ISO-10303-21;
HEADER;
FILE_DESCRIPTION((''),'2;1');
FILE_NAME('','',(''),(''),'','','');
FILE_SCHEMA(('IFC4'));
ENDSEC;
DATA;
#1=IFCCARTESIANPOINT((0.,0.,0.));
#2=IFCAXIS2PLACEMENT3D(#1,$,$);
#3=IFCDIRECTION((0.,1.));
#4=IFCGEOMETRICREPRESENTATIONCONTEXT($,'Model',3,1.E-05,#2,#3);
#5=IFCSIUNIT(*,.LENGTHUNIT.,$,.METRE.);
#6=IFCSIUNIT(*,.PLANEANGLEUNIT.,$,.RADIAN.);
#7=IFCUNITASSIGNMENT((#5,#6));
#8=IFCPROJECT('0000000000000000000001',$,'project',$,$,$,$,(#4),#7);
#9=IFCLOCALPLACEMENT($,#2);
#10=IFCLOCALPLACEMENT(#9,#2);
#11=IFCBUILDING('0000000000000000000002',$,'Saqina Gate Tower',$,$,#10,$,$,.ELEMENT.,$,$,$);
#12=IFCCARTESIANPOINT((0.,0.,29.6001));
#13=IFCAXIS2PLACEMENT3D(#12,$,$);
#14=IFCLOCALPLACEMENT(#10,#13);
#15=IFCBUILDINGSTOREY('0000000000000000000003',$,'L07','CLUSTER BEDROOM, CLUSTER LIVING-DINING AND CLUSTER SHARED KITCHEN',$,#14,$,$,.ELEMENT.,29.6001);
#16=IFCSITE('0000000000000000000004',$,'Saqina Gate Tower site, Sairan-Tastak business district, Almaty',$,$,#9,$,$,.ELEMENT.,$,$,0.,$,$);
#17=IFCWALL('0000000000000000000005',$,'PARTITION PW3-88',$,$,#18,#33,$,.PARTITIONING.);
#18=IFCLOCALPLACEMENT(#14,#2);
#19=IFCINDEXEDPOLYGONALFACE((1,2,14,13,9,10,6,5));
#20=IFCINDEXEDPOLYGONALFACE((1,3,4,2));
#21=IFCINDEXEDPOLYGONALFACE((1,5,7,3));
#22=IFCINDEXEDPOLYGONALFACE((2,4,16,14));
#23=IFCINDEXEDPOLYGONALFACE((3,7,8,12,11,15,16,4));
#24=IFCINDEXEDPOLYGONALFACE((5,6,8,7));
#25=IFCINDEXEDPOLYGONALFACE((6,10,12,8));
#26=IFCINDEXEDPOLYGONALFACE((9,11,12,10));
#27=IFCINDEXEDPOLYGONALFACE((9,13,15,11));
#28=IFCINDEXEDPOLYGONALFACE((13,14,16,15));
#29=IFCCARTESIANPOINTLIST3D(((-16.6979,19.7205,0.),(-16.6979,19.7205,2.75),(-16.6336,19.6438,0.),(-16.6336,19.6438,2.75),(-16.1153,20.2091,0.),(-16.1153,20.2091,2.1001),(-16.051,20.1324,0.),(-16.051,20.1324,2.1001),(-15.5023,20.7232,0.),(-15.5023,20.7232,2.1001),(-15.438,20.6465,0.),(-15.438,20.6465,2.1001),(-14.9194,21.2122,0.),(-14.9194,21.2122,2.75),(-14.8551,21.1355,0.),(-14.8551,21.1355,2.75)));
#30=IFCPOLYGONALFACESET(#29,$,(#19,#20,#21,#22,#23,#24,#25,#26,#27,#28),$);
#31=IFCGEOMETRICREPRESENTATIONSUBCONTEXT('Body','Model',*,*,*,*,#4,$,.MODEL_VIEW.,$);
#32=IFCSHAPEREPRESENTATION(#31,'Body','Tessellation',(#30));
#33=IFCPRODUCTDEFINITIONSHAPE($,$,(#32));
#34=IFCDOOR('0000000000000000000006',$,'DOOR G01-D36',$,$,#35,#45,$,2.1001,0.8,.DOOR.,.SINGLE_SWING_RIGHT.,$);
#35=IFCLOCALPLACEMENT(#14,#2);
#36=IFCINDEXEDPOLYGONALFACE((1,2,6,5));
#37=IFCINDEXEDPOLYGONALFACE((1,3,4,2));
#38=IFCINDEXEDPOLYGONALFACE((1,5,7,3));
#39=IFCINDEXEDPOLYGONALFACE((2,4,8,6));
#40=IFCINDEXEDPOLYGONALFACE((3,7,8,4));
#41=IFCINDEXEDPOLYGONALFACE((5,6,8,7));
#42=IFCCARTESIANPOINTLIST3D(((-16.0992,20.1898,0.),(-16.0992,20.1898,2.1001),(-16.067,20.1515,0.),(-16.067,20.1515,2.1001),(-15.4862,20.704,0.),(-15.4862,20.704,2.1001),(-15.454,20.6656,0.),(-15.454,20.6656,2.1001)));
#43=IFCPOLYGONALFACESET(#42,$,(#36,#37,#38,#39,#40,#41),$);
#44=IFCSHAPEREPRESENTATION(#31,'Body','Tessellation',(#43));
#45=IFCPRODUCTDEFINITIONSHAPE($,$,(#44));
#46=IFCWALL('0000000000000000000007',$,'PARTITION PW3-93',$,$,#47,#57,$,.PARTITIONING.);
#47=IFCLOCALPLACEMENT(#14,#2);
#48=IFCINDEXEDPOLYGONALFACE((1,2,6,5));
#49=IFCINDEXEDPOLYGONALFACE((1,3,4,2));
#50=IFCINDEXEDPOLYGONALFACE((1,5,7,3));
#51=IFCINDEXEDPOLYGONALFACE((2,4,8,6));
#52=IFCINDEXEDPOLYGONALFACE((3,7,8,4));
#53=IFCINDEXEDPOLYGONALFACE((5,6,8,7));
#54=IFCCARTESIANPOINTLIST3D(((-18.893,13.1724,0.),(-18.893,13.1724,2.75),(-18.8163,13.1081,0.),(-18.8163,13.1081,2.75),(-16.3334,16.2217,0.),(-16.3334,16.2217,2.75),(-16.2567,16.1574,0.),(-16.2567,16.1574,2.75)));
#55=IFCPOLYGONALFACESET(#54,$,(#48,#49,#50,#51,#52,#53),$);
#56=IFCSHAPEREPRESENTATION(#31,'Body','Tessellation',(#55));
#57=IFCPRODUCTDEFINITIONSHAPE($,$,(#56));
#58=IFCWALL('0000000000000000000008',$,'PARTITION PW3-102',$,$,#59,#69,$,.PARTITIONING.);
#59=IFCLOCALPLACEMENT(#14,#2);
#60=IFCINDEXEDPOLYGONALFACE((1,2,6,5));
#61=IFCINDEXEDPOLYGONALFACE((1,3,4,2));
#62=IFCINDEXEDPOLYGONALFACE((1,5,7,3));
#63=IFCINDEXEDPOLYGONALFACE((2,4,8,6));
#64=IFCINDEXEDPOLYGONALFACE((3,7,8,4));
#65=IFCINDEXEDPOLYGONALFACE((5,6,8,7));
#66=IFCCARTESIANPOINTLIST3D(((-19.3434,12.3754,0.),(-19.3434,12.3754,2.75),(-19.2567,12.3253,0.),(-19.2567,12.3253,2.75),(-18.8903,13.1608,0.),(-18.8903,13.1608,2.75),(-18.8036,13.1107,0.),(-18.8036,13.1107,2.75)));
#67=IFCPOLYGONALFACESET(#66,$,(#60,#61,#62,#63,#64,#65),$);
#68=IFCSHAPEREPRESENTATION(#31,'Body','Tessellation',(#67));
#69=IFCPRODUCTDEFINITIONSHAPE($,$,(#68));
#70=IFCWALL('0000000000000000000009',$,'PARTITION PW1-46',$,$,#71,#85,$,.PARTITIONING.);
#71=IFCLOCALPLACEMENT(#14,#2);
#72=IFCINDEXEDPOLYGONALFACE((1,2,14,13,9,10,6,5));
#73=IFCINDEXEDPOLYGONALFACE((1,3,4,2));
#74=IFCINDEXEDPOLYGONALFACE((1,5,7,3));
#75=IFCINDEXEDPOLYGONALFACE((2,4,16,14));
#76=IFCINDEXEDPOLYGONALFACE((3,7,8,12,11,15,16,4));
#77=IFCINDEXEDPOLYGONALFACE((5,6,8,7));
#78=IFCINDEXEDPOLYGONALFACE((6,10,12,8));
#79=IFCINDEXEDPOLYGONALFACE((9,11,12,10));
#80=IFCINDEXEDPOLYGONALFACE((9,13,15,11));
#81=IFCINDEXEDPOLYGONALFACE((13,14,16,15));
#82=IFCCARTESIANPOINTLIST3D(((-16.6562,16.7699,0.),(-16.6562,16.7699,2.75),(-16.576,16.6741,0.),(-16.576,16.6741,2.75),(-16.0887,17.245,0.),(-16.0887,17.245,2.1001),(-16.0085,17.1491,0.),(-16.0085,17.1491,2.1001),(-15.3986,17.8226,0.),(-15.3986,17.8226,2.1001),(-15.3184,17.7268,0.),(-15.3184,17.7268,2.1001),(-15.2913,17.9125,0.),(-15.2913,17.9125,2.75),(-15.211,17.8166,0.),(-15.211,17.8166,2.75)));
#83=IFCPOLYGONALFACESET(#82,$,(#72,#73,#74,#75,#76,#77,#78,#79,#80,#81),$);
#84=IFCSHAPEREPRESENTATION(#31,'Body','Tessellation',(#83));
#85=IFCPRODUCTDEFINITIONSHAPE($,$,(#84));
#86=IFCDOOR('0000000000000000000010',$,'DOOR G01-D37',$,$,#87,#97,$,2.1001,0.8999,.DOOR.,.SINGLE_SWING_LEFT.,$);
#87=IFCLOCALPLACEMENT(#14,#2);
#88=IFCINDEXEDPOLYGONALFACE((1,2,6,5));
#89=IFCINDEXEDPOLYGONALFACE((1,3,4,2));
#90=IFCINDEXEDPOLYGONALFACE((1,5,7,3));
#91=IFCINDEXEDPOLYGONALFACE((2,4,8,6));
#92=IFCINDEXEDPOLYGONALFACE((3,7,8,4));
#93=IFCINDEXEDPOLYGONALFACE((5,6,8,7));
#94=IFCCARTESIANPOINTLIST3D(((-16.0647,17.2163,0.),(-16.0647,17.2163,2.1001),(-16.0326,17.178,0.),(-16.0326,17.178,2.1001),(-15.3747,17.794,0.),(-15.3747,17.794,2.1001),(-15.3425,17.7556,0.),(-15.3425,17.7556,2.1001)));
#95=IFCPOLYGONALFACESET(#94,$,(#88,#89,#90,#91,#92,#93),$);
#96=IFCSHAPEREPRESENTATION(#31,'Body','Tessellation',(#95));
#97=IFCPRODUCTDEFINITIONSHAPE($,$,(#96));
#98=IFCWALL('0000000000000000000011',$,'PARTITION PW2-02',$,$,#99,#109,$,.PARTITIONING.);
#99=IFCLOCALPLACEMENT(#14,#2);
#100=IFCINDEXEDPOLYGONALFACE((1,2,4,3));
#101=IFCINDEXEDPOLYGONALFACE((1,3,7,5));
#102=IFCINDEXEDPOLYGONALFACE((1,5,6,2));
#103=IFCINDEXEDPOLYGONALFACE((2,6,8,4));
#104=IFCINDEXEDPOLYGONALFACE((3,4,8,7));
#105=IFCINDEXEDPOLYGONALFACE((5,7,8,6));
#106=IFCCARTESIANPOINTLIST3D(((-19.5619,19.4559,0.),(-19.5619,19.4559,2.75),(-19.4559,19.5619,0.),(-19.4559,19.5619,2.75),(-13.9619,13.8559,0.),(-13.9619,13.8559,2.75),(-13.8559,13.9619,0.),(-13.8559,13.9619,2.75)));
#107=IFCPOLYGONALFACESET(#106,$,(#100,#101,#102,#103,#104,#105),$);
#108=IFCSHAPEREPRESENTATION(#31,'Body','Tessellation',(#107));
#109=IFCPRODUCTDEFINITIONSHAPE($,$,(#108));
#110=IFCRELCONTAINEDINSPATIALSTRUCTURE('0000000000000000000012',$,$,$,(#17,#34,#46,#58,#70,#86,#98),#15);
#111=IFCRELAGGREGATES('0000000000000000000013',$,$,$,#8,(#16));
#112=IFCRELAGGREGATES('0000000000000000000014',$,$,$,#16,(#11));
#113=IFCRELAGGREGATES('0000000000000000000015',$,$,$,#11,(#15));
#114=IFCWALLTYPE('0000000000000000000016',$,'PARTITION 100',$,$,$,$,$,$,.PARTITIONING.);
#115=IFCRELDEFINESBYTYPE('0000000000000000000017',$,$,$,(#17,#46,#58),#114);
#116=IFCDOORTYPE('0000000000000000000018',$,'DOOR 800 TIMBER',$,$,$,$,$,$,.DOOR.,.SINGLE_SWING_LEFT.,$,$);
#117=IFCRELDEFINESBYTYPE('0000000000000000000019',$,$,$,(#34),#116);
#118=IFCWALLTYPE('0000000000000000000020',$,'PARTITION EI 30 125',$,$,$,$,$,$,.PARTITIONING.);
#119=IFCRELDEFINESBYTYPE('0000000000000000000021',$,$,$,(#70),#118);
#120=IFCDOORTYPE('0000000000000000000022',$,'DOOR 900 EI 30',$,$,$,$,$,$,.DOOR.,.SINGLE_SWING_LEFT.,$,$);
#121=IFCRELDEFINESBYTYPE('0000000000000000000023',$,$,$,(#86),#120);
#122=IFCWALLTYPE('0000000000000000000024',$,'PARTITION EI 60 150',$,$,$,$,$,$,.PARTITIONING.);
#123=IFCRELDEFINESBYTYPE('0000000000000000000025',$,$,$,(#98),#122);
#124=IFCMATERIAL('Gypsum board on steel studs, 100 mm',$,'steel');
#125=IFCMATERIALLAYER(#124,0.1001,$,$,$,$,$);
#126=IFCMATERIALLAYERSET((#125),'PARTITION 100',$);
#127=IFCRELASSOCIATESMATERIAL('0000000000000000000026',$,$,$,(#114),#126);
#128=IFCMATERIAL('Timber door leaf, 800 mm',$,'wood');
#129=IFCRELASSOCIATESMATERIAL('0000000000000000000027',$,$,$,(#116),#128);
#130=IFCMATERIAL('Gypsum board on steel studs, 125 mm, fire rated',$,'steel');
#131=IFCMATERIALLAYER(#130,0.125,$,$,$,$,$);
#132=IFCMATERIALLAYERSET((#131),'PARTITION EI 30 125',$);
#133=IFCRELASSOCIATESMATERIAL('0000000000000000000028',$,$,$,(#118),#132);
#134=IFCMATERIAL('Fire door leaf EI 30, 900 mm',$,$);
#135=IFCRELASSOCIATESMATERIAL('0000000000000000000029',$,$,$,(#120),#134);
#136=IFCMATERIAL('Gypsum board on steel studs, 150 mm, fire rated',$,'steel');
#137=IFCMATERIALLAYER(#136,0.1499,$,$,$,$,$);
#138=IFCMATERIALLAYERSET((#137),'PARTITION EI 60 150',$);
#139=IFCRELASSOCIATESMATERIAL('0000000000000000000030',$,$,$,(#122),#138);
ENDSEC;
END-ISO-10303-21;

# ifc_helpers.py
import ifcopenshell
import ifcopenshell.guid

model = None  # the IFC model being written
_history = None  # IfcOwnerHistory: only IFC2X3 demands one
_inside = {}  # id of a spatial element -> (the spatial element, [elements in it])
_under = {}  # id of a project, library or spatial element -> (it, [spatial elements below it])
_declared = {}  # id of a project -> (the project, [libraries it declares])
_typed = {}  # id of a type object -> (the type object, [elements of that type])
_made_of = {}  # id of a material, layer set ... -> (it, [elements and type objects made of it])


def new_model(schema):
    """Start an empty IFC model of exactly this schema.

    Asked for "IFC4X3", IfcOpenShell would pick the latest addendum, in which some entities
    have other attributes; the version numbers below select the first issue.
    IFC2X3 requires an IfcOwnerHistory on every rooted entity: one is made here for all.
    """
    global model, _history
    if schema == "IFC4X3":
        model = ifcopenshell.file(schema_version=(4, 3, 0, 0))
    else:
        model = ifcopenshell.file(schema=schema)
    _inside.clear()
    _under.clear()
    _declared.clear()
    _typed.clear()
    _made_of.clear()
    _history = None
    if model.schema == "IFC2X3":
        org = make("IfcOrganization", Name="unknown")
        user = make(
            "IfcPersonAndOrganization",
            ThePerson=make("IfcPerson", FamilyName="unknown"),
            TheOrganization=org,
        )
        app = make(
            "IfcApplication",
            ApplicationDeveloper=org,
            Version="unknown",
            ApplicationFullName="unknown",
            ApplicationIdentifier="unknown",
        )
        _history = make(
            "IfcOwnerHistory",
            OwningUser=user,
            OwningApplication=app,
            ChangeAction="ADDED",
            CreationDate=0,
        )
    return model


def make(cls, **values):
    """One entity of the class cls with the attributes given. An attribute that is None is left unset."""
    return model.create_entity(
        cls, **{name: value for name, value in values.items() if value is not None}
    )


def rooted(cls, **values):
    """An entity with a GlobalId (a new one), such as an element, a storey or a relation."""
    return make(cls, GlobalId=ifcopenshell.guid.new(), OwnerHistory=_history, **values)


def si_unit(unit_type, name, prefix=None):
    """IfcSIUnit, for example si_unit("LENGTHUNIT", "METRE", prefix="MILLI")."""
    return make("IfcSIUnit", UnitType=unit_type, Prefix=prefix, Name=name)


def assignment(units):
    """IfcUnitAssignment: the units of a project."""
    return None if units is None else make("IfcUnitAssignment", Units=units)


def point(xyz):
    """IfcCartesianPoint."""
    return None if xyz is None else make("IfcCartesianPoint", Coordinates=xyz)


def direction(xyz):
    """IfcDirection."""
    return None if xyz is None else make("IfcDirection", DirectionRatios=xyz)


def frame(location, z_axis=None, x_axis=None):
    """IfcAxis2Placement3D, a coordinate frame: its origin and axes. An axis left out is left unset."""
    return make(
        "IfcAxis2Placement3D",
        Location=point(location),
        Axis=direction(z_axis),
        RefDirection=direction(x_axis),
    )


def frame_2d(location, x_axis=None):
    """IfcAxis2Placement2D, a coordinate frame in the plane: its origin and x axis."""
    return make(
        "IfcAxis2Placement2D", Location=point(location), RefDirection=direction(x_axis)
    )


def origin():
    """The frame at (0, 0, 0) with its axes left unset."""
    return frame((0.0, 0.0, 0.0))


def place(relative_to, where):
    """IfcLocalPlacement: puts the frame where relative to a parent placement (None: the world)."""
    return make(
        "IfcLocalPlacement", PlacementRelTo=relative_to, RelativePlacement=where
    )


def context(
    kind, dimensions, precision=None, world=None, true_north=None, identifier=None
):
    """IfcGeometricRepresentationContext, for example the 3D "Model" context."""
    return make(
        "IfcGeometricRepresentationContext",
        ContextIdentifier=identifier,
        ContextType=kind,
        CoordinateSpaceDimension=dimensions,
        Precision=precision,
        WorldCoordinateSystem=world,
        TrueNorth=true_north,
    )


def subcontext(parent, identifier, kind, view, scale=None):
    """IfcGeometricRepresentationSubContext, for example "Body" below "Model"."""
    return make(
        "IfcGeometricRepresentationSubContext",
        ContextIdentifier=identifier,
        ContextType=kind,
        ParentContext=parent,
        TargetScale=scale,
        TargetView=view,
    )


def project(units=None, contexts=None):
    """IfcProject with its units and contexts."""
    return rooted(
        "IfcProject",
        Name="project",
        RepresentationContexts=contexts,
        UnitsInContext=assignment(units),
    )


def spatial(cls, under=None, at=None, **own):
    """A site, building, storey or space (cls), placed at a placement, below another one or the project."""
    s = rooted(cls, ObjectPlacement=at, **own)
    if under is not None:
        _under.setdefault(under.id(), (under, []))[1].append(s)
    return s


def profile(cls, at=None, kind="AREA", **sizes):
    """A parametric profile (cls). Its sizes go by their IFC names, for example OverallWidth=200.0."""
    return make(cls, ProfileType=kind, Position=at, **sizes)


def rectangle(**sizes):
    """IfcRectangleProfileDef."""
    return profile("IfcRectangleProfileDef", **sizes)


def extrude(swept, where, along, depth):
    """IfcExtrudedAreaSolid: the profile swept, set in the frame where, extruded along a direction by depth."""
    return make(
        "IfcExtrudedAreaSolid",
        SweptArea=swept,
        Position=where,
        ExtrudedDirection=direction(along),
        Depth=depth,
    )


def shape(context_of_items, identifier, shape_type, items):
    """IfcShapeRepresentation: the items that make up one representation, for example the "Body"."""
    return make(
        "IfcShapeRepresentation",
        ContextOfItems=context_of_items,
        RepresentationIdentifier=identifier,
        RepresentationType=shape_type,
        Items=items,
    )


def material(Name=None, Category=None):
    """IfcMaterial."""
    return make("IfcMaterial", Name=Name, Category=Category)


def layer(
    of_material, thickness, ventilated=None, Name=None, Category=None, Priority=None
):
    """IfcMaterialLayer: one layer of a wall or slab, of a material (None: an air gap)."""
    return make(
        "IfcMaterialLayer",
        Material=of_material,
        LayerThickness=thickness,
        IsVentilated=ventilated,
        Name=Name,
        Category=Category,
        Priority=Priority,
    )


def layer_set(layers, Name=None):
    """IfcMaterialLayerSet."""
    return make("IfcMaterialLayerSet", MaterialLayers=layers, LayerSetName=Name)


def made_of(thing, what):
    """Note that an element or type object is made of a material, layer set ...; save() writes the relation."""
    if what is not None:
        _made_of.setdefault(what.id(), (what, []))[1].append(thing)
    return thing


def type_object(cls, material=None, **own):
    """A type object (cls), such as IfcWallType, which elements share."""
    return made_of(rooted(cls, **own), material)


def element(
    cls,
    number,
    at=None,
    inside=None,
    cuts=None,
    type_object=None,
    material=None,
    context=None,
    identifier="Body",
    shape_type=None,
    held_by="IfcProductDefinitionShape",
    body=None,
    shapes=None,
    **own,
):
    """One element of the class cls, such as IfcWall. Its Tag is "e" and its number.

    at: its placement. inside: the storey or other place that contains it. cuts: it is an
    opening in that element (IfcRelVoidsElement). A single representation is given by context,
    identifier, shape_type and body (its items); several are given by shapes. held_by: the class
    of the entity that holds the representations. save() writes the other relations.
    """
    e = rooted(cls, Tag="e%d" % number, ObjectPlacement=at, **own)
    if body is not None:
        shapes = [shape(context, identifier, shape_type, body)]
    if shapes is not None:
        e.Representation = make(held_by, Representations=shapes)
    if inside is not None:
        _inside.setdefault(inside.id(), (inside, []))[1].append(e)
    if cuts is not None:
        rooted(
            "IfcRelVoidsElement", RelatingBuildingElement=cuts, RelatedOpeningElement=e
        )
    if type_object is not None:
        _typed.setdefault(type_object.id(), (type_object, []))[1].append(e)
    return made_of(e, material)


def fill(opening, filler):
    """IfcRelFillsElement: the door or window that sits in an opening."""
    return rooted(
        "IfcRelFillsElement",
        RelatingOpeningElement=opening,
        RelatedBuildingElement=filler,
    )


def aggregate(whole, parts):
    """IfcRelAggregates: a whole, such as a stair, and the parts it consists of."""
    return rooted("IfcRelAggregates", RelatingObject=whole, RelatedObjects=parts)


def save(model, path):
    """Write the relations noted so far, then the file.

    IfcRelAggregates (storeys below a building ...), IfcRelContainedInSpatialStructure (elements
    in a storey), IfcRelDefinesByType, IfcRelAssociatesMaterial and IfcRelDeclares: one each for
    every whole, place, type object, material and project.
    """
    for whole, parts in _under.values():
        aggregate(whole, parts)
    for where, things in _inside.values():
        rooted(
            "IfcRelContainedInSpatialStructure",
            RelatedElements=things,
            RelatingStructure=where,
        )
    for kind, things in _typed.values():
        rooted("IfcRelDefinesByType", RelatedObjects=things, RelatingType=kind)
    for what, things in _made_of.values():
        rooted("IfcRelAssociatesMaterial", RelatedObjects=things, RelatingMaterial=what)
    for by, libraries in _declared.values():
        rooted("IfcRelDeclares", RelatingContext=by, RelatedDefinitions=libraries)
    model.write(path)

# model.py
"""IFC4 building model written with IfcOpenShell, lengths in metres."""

from ifc_helpers import new_model, si_unit, direction, frame, frame_2d, origin, place, context, subcontext, project, spatial, rectangle, extrude, material, layer, layer_set, type_object, element, fill, save


model = new_model("IFC4")

# Units and contexts
model_context = context("Model", 3, precision=1e-05, world=origin(), true_north=direction((0.0, 1.0)))
body_context = subcontext(model_context, "Body", "Model", "MODEL_VIEW")
ifc_project = project(units=[si_unit("LENGTHUNIT", "METRE"), si_unit("PLANEANGLEUNIT", "RADIAN")], contexts=[model_context])

# Site, building, storey
site_placement = place(None, origin())
site = spatial("IfcSite", under=ifc_project, at=site_placement, Name="Saqina Gate Tower site, Sairan-Tastak business district, Almaty", CompositionType="ELEMENT", RefElevation=0.0)
building_placement = place(site_placement, origin())
building = spatial("IfcBuilding", under=site, at=building_placement, Name="Saqina Gate Tower", CompositionType="ELEMENT")
storey_placement = place(building_placement, frame((0.0, 0.0, 29.6001)))
storey = spatial("IfcBuildingStorey", under=building, at=storey_placement, Name="L07", Description="CLUSTER BEDROOM, CLUSTER LIVING-DINING AND CLUSTER SHARED KITCHEN", CompositionType="ELEMENT", Elevation=29.6001)

# Shared definitions
ifc_material_1 = material(Name="Gypsum board on steel studs, 100 mm", Category="steel")
ifc_layer_1 = layer(ifc_material_1, 0.1001)
ifc_layer_set_1 = layer_set([ifc_layer_1], Name="PARTITION 100")
wall_type_1 = type_object("IfcWallType", Name="PARTITION 100", PredefinedType="PARTITIONING", material=ifc_layer_set_1)

# Wall, opening, door
wall_1_placement = place(storey_placement, frame((-16.6658, 19.6821, 0.0), z_axis=(0.0, 0.0, 1.0), x_axis=(0.766192, 0.642612, 0.0)))
wall_1 = element("IfcWall", 1, at=wall_1_placement, inside=storey, type_object=wall_type_1, Name="PARTITION PW3-88", PredefinedType="PARTITIONING", context=body_context, shape_type="SweptSolid", body=[
    extrude(rectangle(XDim=2.3213, YDim=0.1001, at=frame_2d((1.1606, 0.0))), origin(), (0.0, 0.0, 1.0), 2.75),
])
opening_1_placement = place(wall_1_placement, frame((0.7605, 0.0, 0.0)))
opening_1 = element("IfcOpeningElement", 2, at=opening_1_placement, cuts=wall_1, PredefinedType="OPENING", context=body_context, shape_type="SweptSolid", body=[
    extrude(rectangle(XDim=0.8, YDim=2.1001, at=frame_2d((0.3999, 1.05))), frame((0.0, 0.062, 0.0), z_axis=(0.0, -1.0, 0.0), x_axis=(1.0, 0.0, 0.0)), (0.0, 0.0, 1.0), 0.124),
])
ifc_material_2 = material(Name="Timber door leaf, 800 mm", Category="wood")
door_type_1 = type_object("IfcDoorType", Name="DOOR 800 TIMBER", OperationType="SINGLE_SWING_LEFT", PredefinedType="DOOR", material=ifc_material_2)
door_1_placement = place(opening_1_placement, origin())
door_1 = element("IfcDoor", 3, at=door_1_placement, inside=storey, type_object=door_type_1, Name="DOOR G01-D36", OperationType="SINGLE_SWING_RIGHT", OverallHeight=2.1001, OverallWidth=0.8, PredefinedType="DOOR", context=body_context, shape_type="SweptSolid", body=[
    extrude(rectangle(XDim=0.8, YDim=2.1001, at=frame_2d((0.3999, 1.05))), frame((0.0, 0.0249, 0.0), z_axis=(0.0, -1.0, 0.0), x_axis=(1.0, 0.0, 0.0)), (0.0, 0.0, 1.0), 0.05),
])
fill(opening_1, door_1)

# Walls
wall_2_placement = place(storey_placement, frame((-18.8547, 13.1401, 0.0), z_axis=(0.0, 0.0, 1.0), x_axis=(0.642919, 0.765934, 0.0)))
element("IfcWall", 4, at=wall_2_placement, inside=storey, type_object=wall_type_1, Name="PARTITION PW3-93", PredefinedType="PARTITIONING", context=body_context, shape_type="SweptSolid", body=[
    extrude(rectangle(XDim=3.9812, YDim=0.1001, at=frame_2d((1.9907, 0.0))), origin(), (0.0, 0.0, 1.0), 2.75),
])
wall_3_placement = place(storey_placement, frame((-19.3, 12.3503, 0.0), z_axis=(0.0, 0.0, 1.0), x_axis=(0.49973, 0.866181, 0.0)))
element("IfcWall", 5, at=wall_3_placement, inside=storey, type_object=wall_type_1, Name="PARTITION PW3-102", PredefinedType="PARTITIONING", context=body_context, shape_type="SweptSolid", body=[
    extrude(rectangle(XDim=0.9067, YDim=0.1001, at=frame_2d((0.4534, 0.0))), origin(), (0.0, 0.0, 1.0), 2.75),
])

# Wall, opening, door
ifc_material_3 = material(Name="Gypsum board on steel studs, 125 mm, fire rated", Category="steel")
ifc_layer_2 = layer(ifc_material_3, 0.125)
ifc_layer_set_2 = layer_set([ifc_layer_2], Name="PARTITION EI 30 125")
wall_type_2 = type_object("IfcWallType", Name="PARTITION EI 30 125", PredefinedType="PARTITIONING", material=ifc_layer_set_2)
wall_4_placement = place(storey_placement, frame((-16.6162, 16.7219, 0.0), z_axis=(0.0, 0.0, 1.0), x_axis=(0.766814, 0.641869, 0.0)))
wall_4 = element("IfcWall", 6, at=wall_4_placement, inside=storey, type_object=wall_type_2, Name="PARTITION PW1-46", PredefinedType="PARTITIONING", context=body_context, shape_type="SweptSolid", body=[
    extrude(rectangle(XDim=1.78, YDim=0.125, at=frame_2d((0.8901, 0.0))), origin(), (0.0, 0.0, 1.0), 2.75),
])
opening_2_placement = place(wall_4_placement, frame((0.7402, 0.0, 0.0)))
opening_2 = element("IfcOpeningElement", 7, at=opening_2_placement, cuts=wall_4, PredefinedType="OPENING", context=body_context, shape_type="SweptSolid", body=[
    extrude(rectangle(XDim=0.8999, YDim=2.1001, at=frame_2d((0.45, 1.05))), frame((0.0, 0.0745, 0.0), z_axis=(0.0, -1.0, 0.0), x_axis=(1.0, 0.0, 0.0)), (0.0, 0.0, 1.0), 0.1489),
])
ifc_material_4 = material(Name="Fire door leaf EI 30, 900 mm")
door_type_2 = type_object("IfcDoorType", Name="DOOR 900 EI 30", OperationType="SINGLE_SWING_LEFT", PredefinedType="DOOR", material=ifc_material_4)
door_2_placement = place(opening_2_placement, frame((0.8999, 0.0, 0.0), z_axis=(0.0, 0.0, 1.0), x_axis=(-1.0, 0.0, 0.0)))
door_2 = element("IfcDoor", 8, at=door_2_placement, inside=storey, type_object=door_type_2, Name="DOOR G01-D37", OperationType="SINGLE_SWING_LEFT", OverallHeight=2.1001, OverallWidth=0.8999, PredefinedType="DOOR", context=body_context, shape_type="SweptSolid", body=[
    extrude(rectangle(XDim=0.8999, YDim=2.1001, at=frame_2d((0.45, 1.05))), frame((0.0, 0.0249, 0.0), z_axis=(0.0, -1.0, 0.0), x_axis=(1.0, 0.0, 0.0)), (0.0, 0.0, 1.0), 0.05),
])
fill(opening_2, door_2)

# Wall
ifc_material_5 = material(Name="Gypsum board on steel studs, 150 mm, fire rated", Category="steel")
ifc_layer_3 = layer(ifc_material_5, 0.1499)
ifc_layer_set_3 = layer_set([ifc_layer_3], Name="PARTITION EI 60 150")
wall_type_3 = type_object("IfcWallType", Name="PARTITION EI 60 150", PredefinedType="PARTITIONING", material=ifc_layer_set_3)
wall_5_placement = place(storey_placement, frame((-19.509, 19.509, 0.0), z_axis=(0.0, 0.0, 1.0), x_axis=(0.707107, -0.707107, 0.0)))
element("IfcWall", 9, at=wall_5_placement, inside=storey, type_object=wall_type_3, Name="PARTITION PW2-02", PredefinedType="PARTITIONING", context=body_context, shape_type="SweptSolid", body=[
    extrude(rectangle(XDim=7.9197, YDim=0.1499, at=frame_2d((3.96, 0.0))), origin(), (0.0, 0.0, 1.0), 2.75),
])

save(model, "model.ifc")
